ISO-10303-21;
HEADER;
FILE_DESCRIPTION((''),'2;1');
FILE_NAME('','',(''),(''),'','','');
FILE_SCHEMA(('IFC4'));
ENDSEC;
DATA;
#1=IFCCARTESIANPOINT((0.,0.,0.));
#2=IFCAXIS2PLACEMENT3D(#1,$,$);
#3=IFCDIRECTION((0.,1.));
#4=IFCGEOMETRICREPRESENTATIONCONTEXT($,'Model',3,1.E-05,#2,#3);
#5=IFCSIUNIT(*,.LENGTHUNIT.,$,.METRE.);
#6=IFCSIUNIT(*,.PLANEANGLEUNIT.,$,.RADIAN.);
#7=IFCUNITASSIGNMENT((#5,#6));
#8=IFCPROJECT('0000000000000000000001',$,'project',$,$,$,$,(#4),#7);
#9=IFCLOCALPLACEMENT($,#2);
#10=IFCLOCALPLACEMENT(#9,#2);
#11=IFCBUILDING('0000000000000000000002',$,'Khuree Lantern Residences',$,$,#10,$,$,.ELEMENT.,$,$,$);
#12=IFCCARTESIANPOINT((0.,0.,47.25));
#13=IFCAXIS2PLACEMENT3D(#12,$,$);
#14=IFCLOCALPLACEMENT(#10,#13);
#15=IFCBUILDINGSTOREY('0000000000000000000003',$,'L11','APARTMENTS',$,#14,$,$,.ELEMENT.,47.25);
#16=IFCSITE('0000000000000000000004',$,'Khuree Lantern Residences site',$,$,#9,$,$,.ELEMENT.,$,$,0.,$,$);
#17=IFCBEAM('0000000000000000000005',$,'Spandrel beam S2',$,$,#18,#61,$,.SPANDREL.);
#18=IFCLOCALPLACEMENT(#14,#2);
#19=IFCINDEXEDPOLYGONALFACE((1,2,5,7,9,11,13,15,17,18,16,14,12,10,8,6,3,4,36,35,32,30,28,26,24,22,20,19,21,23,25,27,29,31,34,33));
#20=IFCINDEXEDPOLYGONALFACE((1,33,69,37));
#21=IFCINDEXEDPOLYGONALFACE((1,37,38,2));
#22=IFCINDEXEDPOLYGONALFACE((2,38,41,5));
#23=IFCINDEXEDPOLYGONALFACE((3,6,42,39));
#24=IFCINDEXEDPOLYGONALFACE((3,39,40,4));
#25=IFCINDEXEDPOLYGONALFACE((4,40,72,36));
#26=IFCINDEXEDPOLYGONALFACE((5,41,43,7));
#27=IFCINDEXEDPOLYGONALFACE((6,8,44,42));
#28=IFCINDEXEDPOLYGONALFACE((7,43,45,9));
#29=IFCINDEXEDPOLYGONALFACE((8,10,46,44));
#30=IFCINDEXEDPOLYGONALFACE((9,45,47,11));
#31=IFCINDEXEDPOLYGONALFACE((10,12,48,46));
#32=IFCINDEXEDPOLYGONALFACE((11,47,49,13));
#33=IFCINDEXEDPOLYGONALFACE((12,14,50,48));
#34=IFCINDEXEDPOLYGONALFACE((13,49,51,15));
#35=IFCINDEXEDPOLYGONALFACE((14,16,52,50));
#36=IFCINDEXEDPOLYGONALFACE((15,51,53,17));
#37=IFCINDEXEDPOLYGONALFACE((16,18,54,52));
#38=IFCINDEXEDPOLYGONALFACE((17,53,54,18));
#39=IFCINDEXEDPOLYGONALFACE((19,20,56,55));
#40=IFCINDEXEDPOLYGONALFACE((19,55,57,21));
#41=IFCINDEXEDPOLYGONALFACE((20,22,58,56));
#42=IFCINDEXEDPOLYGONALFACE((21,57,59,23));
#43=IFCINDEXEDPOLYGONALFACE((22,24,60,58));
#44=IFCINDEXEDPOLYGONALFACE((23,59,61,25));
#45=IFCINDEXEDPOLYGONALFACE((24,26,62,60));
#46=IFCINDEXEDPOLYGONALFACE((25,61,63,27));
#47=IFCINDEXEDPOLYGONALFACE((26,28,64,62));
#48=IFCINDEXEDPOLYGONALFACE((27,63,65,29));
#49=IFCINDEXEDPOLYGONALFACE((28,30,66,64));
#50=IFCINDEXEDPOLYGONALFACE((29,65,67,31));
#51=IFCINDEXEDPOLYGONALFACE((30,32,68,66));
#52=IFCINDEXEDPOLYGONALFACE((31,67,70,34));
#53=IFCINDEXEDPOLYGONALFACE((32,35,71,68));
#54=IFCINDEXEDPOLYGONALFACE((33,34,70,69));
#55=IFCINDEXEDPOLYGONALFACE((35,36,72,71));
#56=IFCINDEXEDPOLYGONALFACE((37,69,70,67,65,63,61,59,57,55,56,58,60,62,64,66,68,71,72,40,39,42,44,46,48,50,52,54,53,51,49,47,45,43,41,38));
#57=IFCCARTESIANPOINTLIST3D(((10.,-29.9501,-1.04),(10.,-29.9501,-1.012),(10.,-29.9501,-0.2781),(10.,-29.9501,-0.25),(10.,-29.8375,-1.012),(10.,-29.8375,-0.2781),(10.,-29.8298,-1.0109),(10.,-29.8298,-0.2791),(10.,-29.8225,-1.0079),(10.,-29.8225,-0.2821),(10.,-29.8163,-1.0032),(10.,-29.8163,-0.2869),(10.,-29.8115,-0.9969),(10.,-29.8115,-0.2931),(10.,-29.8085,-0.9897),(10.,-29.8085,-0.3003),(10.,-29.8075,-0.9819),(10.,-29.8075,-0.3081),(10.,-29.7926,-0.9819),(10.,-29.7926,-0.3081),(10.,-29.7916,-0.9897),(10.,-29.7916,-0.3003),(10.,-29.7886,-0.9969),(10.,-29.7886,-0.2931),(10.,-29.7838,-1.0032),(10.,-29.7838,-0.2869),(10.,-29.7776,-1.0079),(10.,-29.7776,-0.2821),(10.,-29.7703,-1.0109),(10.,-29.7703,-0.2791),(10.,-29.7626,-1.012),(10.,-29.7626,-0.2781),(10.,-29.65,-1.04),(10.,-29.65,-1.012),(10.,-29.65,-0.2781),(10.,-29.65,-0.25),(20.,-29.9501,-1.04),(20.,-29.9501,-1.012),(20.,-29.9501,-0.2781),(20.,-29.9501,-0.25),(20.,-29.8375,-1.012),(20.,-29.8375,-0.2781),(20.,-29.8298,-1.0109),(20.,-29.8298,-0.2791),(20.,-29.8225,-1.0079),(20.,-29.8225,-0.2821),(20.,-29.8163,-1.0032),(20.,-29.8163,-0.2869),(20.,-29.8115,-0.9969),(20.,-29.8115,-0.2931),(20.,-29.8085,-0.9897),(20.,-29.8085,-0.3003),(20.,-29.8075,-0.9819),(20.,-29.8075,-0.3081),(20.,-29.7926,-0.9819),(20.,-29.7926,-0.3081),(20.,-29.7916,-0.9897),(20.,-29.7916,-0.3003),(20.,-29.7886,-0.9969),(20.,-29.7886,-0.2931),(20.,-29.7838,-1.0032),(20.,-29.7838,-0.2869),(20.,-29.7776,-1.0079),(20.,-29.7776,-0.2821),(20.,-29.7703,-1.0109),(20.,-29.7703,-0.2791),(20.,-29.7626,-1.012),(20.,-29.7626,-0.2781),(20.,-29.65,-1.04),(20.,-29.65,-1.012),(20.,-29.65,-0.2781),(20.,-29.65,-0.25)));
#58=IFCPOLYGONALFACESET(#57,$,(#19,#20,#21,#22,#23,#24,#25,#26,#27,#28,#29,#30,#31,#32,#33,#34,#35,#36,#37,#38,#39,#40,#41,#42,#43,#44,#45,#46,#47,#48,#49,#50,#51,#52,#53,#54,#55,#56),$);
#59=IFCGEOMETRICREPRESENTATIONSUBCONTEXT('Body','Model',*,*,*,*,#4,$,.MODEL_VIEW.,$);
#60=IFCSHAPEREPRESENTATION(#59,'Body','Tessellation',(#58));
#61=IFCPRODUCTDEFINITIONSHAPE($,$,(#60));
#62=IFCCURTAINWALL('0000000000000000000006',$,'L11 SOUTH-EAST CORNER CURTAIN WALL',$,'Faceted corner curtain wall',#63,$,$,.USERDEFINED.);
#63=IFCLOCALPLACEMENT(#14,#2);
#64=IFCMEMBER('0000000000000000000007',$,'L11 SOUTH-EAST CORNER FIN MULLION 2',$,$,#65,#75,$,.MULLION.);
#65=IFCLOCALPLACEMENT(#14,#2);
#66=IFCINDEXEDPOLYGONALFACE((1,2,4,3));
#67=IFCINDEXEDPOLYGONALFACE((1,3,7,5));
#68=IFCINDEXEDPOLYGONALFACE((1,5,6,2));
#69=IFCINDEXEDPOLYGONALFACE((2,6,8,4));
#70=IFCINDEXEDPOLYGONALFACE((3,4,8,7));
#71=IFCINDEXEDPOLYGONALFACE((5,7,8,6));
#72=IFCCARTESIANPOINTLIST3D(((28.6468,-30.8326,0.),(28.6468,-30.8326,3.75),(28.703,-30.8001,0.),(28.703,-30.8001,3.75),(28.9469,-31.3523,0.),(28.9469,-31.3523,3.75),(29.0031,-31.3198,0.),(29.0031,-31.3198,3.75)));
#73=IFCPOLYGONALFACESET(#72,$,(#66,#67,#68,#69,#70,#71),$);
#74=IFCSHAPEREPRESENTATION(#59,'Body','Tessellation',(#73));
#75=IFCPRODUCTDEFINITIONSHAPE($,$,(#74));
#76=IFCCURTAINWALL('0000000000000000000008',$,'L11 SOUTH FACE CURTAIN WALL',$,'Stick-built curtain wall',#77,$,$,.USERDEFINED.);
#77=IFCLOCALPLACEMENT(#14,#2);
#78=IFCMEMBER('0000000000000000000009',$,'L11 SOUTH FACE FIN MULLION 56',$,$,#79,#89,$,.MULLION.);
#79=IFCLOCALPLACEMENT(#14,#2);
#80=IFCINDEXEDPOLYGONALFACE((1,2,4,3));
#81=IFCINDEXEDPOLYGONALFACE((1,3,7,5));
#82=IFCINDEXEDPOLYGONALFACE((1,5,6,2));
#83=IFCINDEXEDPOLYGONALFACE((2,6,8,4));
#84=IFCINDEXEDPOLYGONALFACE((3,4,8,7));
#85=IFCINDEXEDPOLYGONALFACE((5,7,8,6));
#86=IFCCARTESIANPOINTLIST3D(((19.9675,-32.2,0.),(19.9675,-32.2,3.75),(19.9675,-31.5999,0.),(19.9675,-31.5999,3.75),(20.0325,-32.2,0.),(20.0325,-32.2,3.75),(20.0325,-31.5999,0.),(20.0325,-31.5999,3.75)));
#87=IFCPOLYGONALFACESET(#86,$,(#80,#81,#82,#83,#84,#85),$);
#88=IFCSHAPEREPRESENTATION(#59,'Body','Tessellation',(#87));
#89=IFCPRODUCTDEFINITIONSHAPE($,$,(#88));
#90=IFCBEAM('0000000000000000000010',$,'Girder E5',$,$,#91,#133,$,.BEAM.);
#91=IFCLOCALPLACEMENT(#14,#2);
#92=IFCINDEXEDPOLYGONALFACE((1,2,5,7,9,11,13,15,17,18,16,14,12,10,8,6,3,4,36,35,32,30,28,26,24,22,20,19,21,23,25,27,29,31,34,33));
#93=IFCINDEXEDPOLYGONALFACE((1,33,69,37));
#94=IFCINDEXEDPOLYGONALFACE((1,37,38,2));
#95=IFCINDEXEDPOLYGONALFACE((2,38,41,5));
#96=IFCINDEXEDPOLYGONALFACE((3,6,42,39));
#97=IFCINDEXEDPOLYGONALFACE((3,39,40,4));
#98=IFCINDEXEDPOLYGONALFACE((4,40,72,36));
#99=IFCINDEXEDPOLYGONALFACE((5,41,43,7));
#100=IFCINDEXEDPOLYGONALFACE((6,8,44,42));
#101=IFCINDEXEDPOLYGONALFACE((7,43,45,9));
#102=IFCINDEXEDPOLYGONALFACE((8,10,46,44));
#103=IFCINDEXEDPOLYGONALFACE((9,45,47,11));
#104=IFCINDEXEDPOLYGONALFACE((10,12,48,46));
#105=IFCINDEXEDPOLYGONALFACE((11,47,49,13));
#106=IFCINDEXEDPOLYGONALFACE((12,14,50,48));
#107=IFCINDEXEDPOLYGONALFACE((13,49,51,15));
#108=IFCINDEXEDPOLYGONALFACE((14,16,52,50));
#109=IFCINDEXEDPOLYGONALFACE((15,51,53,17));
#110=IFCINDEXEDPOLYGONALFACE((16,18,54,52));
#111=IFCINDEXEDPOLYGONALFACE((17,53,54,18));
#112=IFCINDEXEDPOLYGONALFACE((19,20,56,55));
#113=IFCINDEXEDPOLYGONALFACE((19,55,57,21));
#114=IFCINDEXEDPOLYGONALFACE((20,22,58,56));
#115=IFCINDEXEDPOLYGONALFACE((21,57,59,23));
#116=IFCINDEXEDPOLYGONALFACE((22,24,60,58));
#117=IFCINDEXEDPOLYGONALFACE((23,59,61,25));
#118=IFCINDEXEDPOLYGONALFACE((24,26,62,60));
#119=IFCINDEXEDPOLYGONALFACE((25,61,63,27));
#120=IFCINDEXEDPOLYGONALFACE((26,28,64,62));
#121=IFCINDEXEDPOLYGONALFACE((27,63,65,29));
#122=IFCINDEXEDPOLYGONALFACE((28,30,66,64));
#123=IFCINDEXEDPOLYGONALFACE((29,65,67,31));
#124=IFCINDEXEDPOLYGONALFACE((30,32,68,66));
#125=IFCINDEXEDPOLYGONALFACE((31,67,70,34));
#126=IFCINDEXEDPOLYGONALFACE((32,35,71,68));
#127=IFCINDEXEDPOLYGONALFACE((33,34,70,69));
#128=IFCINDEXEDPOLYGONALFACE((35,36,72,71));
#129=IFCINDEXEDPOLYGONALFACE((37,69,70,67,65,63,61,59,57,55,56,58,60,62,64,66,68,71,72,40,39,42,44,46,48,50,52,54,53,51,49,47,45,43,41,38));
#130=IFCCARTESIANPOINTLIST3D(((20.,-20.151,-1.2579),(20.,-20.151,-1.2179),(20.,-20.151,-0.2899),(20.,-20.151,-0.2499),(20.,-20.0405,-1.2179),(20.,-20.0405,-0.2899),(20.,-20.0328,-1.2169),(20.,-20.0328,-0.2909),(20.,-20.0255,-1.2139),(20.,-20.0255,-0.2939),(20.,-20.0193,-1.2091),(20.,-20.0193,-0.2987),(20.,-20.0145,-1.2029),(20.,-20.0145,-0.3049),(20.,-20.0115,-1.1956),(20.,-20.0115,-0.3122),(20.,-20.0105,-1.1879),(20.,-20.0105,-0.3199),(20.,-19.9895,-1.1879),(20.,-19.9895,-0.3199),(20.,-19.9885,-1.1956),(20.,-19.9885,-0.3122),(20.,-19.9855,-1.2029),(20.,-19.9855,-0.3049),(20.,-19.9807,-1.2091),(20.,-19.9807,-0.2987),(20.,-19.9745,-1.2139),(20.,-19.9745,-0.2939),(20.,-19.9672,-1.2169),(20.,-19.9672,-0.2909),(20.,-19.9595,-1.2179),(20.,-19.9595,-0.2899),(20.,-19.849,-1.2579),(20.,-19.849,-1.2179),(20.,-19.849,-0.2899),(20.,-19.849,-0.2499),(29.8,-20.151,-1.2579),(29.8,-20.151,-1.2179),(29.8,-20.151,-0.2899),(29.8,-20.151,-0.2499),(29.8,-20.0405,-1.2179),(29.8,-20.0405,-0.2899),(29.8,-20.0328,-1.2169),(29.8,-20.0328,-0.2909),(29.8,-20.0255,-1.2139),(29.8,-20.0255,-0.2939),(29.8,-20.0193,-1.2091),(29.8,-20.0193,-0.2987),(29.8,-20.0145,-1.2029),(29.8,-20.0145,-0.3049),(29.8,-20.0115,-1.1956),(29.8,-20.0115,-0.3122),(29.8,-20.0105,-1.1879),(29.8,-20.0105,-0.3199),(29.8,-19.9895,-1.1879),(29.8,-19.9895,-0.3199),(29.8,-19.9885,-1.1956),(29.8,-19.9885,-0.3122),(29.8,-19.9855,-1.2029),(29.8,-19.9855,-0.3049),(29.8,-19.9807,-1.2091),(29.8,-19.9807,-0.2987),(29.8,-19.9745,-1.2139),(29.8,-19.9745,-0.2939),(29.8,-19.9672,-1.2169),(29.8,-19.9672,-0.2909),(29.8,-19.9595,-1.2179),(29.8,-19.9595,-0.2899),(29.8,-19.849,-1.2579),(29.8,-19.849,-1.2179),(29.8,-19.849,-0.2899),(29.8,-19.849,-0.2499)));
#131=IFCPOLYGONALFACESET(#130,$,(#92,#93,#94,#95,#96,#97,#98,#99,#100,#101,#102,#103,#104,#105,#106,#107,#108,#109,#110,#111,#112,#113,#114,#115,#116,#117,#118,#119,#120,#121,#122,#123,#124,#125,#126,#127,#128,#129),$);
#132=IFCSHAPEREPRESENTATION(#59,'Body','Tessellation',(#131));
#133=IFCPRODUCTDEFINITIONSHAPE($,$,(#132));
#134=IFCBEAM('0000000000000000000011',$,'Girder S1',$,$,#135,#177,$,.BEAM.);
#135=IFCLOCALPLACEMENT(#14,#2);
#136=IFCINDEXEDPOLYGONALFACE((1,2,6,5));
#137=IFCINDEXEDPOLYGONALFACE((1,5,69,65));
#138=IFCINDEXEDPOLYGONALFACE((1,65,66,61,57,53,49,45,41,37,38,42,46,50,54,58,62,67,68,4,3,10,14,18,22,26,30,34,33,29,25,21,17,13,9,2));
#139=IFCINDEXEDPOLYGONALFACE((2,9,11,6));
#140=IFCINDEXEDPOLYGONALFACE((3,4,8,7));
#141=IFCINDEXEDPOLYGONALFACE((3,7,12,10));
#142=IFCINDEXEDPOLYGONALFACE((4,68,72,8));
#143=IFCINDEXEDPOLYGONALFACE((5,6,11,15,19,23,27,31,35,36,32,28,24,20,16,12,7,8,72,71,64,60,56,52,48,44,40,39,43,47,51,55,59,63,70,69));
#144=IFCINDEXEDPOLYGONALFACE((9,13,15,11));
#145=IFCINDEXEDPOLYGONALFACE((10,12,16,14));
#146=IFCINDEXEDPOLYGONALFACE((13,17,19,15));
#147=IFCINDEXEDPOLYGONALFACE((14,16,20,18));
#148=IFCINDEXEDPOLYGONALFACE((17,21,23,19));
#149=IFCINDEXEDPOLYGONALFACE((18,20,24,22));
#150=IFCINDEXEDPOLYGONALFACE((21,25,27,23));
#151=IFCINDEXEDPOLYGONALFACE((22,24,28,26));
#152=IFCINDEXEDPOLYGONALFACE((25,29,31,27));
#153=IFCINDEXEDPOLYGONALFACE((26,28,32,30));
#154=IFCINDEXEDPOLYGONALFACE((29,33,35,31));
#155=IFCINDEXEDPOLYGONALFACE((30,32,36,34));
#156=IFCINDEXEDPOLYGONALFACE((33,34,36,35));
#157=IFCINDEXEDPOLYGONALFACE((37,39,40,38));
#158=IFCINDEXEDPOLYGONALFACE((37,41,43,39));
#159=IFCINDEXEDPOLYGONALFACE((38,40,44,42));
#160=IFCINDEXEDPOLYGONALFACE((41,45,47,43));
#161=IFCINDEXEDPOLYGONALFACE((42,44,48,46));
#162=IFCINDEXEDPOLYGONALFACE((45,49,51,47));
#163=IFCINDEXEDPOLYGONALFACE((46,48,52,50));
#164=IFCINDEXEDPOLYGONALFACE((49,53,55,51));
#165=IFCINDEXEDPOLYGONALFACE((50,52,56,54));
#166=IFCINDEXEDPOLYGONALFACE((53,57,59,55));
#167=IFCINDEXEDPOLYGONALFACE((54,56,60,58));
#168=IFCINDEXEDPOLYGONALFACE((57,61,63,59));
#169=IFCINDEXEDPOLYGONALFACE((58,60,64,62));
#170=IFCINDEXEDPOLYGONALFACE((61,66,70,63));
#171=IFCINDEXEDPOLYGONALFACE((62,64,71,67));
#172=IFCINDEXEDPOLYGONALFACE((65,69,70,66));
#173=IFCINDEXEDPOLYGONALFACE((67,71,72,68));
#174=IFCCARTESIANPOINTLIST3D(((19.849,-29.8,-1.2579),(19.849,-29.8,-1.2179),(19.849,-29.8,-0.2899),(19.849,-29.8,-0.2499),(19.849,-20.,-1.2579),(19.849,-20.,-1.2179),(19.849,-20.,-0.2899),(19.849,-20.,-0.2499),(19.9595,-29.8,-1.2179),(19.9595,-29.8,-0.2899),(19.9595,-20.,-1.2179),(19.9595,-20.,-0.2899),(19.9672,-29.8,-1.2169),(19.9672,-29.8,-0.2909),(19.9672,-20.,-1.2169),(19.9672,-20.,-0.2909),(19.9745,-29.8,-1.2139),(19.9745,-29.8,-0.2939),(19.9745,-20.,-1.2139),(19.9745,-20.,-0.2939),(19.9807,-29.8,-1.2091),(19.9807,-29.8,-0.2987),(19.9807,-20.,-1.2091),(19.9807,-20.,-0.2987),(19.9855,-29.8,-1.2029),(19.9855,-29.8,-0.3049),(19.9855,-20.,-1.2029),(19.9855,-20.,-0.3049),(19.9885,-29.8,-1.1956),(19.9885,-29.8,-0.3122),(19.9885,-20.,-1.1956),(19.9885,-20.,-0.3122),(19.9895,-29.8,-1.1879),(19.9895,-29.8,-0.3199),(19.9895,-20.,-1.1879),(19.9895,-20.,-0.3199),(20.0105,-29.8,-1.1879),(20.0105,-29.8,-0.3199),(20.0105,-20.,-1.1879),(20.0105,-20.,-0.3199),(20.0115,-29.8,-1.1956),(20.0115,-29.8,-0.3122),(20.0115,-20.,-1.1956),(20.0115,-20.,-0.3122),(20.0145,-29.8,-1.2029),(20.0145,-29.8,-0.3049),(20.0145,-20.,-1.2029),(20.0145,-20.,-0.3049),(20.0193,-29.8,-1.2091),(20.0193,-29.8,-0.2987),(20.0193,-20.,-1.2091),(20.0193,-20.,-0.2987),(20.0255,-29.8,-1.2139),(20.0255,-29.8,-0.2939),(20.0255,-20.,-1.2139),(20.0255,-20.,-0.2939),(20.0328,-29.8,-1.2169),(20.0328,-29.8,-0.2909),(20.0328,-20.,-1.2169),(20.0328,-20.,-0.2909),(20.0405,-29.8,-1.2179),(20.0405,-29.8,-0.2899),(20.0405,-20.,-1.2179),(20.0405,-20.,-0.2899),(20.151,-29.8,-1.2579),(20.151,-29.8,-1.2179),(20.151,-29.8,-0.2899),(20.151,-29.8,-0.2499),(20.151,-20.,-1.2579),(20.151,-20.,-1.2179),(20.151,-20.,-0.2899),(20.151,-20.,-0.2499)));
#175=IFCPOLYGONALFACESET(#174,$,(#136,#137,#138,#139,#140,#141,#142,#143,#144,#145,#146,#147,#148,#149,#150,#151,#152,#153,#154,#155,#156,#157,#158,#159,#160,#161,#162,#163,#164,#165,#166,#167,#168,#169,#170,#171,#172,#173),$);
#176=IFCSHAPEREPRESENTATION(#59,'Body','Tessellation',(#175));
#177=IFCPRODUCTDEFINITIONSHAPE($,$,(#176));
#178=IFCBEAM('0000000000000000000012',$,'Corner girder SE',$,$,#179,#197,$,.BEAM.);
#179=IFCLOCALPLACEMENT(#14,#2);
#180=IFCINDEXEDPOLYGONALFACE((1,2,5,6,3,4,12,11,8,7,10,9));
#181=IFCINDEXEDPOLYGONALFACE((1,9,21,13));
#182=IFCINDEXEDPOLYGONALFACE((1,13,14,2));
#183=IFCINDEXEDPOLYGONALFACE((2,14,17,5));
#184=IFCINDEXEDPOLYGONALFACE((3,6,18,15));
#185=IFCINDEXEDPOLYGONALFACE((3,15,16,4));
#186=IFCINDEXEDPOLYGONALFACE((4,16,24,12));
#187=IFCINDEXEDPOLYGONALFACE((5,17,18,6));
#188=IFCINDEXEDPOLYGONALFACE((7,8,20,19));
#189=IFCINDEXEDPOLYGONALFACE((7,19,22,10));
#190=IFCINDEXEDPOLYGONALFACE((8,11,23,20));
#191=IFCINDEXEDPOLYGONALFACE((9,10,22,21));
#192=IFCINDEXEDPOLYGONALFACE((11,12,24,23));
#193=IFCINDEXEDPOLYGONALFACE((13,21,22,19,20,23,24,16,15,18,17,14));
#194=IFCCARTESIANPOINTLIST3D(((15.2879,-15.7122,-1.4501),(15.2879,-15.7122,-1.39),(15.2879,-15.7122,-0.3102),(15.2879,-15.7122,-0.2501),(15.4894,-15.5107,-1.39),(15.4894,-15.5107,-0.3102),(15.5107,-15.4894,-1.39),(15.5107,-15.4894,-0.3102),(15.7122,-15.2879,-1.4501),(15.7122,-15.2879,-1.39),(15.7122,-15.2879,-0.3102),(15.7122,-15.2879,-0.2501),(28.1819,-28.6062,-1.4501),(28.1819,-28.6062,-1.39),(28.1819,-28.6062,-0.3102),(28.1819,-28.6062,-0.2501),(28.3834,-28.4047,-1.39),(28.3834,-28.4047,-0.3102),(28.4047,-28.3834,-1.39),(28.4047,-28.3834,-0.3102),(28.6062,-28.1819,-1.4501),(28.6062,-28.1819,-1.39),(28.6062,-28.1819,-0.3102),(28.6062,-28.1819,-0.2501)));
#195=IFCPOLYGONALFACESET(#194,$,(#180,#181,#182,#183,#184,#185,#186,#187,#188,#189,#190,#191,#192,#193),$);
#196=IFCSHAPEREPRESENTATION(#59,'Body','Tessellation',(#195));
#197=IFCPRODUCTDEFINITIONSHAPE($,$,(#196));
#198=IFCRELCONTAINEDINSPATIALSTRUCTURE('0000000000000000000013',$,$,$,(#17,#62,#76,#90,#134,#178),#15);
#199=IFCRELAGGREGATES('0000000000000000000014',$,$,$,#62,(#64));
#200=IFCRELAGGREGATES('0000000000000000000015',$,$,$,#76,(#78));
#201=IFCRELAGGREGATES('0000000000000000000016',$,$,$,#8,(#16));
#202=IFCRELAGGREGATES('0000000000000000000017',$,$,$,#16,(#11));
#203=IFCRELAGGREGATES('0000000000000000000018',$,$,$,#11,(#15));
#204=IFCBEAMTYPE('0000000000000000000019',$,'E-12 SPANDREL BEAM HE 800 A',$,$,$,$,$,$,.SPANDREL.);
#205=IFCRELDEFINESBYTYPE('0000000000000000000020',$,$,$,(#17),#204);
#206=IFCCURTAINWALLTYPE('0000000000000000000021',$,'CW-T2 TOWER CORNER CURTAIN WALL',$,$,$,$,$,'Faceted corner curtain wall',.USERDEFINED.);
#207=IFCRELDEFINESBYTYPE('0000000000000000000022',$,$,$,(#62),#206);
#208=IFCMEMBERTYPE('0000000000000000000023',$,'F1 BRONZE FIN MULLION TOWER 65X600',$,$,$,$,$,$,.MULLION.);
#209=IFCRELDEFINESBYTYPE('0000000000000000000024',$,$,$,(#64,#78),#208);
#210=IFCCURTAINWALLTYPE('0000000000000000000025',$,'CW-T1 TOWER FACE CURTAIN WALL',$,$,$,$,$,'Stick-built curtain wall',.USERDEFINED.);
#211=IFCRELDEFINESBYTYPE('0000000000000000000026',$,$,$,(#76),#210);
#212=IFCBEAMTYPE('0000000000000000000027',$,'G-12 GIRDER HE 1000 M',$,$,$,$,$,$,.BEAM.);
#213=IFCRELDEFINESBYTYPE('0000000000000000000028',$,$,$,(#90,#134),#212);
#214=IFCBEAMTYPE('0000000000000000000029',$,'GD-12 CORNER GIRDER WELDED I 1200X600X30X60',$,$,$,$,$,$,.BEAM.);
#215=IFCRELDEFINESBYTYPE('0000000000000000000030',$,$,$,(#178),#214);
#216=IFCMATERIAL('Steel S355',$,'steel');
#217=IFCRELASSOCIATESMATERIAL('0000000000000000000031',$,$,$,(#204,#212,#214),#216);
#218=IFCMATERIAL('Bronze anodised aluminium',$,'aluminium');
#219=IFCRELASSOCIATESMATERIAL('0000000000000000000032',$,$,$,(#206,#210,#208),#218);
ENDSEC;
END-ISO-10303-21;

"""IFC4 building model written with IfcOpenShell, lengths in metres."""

from ifc_helpers import new_model, si_unit, direction, frame, origin, origin_2d, place, context, subcontext, project, spatial, rectangle, i_section, extrude, material, material_profile, profile_set, type_object, element, aggregate, save


model = new_model("IFC4")

# Units and contexts
model_context = context("Model", 3, precision=1e-05, world=origin(), true_north=direction((0.0, 1.0)))
body_context = subcontext(model_context, "Body", "Model", "MODEL_VIEW")
ifc_project = project(units=[si_unit("LENGTHUNIT", "METRE"), si_unit("PLANEANGLEUNIT", "RADIAN")], contexts=[model_context])

# Site, building, storey
site_placement = place(None, origin())
site = spatial("IfcSite", under=ifc_project, at=site_placement, Name="Khuree Lantern Residences site", CompositionType="ELEMENT", RefElevation=0.0)
building_placement = place(site_placement, origin())
building = spatial("IfcBuilding", under=site, at=building_placement, Name="Khuree Lantern Residences", CompositionType="ELEMENT")
storey_placement = place(building_placement, frame((0.0, 0.0, 47.25)))
storey = spatial("IfcBuildingStorey", under=building, at=storey_placement, Name="L11", Description="APARTMENTS", CompositionType="ELEMENT", Elevation=47.25)

# Beam
ifc_material_1 = material(Name="Steel S355", Category="steel")
ifc_material_profile_1 = material_profile(ifc_material_1, i_section(OverallWidth=0.3, OverallDepth=0.79, WebThickness=0.0149, FlangeThickness=0.0281, FilletRadius=0.03, at=origin_2d()), Name="HE 800 A")
ifc_profile_set_1 = profile_set([ifc_material_profile_1], Name="Steel S355")
beam_type_1 = type_object("IfcBeamType", Name="E-12 SPANDREL BEAM HE 800 A", PredefinedType="SPANDREL", material=ifc_profile_set_1)
beam_1_placement = place(storey_placement, frame((20.0, -29.8, -0.645), z_axis=(-1.0, 0.0, 0.0), x_axis=(0.0, -1.0, 0.0)))
element("IfcBeam", 1, at=beam_1_placement, inside=storey, type_object=beam_type_1, Name="Spandrel beam S2", PredefinedType="SPANDREL", context=body_context, shape_type="SweptSolid", body=[
    extrude(i_section(OverallWidth=0.3, OverallDepth=0.79, WebThickness=0.0149, FlangeThickness=0.0281, FilletRadius=0.03, at=origin_2d()), origin(), (0.0, 0.0, 1.0), 10.0),
])

# Curtain walls, members
ifc_material_2 = material(Name="Bronze anodised aluminium", Category="aluminium")
curtain_wall_type_1 = type_object("IfcCurtainWallType", Name="CW-T2 TOWER CORNER CURTAIN WALL", ElementType="Faceted corner curtain wall", PredefinedType="USERDEFINED", material=ifc_material_2)
curtain_wall_1_placement = place(storey_placement, origin())
curtain_wall_1 = element("IfcCurtainWall", 2, at=curtain_wall_1_placement, inside=storey, type_object=curtain_wall_type_1, Name="L11 SOUTH-EAST CORNER CURTAIN WALL", ObjectType="Faceted corner curtain wall", PredefinedType="USERDEFINED")
ifc_material_profile_2 = material_profile(ifc_material_2, rectangle(XDim=0.0649, YDim=0.6001, at=origin_2d()), Name="F1 65X600")
ifc_profile_set_2 = profile_set([ifc_material_profile_2], Name="Bronze anodised aluminium")
member_type_1 = type_object("IfcMemberType", Name="F1 BRONZE FIN MULLION TOWER 65X600", PredefinedType="MULLION", material=ifc_profile_set_2)
member_1_placement = place(storey_placement, frame((28.825, -31.0762, 0.0), z_axis=(0.0, 0.0, 1.0), x_axis=(0.866025, 0.5, 0.0)))
member_1 = element("IfcMember", 3, at=member_1_placement, type_object=member_type_1, Name="L11 SOUTH-EAST CORNER FIN MULLION 2", PredefinedType="MULLION", context=body_context, shape_type="SweptSolid", body=[
    extrude(rectangle(XDim=0.0649, YDim=0.6001, at=origin_2d()), origin(), (0.0, 0.0, 1.0), 3.75),
])
curtain_wall_type_2 = type_object("IfcCurtainWallType", Name="CW-T1 TOWER FACE CURTAIN WALL", ElementType="Stick-built curtain wall", PredefinedType="USERDEFINED", material=ifc_material_2)
curtain_wall_2_placement = place(storey_placement, origin())
curtain_wall_2 = element("IfcCurtainWall", 4, at=curtain_wall_2_placement, inside=storey, type_object=curtain_wall_type_2, Name="L11 SOUTH FACE CURTAIN WALL", ObjectType="Stick-built curtain wall", PredefinedType="USERDEFINED")
member_2_placement = place(storey_placement, frame((20.0, -31.8999, 0.0), z_axis=(0.0, 0.0, 1.0), x_axis=(1.0, 0.0, 0.0)))
member_2 = element("IfcMember", 5, at=member_2_placement, type_object=member_type_1, Name="L11 SOUTH FACE FIN MULLION 56", PredefinedType="MULLION", context=body_context, shape_type="SweptSolid", body=[
    extrude(rectangle(XDim=0.0649, YDim=0.6001, at=origin_2d()), origin(), (0.0, 0.0, 1.0), 3.75),
])

# Beams
ifc_material_profile_3 = material_profile(ifc_material_1, i_section(OverallWidth=0.302, OverallDepth=1.0081, WebThickness=0.021, FlangeThickness=0.04, FilletRadius=0.03, at=origin_2d()), Name="HE 1000 M")
ifc_profile_set_3 = profile_set([ifc_material_profile_3], Name="Steel S355")
beam_type_2 = type_object("IfcBeamType", Name="G-12 GIRDER HE 1000 M", PredefinedType="BEAM", material=ifc_profile_set_3)
for number, where, z_axis, x_axis, name in (
    (6, (29.8, -20.0, -0.7539), (-1.0, 0.0, 0.0), (0.0, -1.0, 0.0), "Girder E5"),
    (7, (20.0, -29.8, -0.7539), (0.0, 1.0, 0.0), (-1.0, 0.0, 0.0), "Girder S1"),
):
    element("IfcBeam", number, at=place(storey_placement, frame(where, z_axis=z_axis, x_axis=x_axis)), inside=storey, type_object=beam_type_2, Name=name, PredefinedType="BEAM", context=body_context, shape_type="SweptSolid", body=[
        extrude(i_section(OverallWidth=0.302, OverallDepth=1.0081, WebThickness=0.021, FlangeThickness=0.04, FilletRadius=0.03, at=origin_2d()), origin(), (0.0, 0.0, 1.0), 9.8),
    ])
ifc_material_profile_4 = material_profile(ifc_material_1, i_section(OverallWidth=0.6001, OverallDepth=1.2, WebThickness=0.03, FlangeThickness=0.0601, at=origin_2d()), Name="WELDED I 1200X600X30X60")
ifc_profile_set_4 = profile_set([ifc_material_profile_4], Name="Steel S355")
beam_type_3 = type_object("IfcBeamType", Name="GD-12 CORNER GIRDER WELDED I 1200X600X30X60", PredefinedType="BEAM", material=ifc_profile_set_4)
beam_2_placement = place(storey_placement, frame((28.394, -28.394, -0.8501), z_axis=(-0.707107, 0.707107, 0.0), x_axis=(-0.707107, -0.707107, 0.0)))
element("IfcBeam", 8, at=beam_2_placement, inside=storey, type_object=beam_type_3, Name="Corner girder SE", PredefinedType="BEAM", context=body_context, shape_type="SweptSolid", body=[
    extrude(i_section(OverallWidth=0.6001, OverallDepth=1.2, WebThickness=0.03, FlangeThickness=0.0601, at=origin_2d()), origin(), (0.0, 0.0, 1.0), 18.2349),
])

aggregate(curtain_wall_1, [member_1])
aggregate(curtain_wall_2, [member_2])

save(model, "model.ifc")
